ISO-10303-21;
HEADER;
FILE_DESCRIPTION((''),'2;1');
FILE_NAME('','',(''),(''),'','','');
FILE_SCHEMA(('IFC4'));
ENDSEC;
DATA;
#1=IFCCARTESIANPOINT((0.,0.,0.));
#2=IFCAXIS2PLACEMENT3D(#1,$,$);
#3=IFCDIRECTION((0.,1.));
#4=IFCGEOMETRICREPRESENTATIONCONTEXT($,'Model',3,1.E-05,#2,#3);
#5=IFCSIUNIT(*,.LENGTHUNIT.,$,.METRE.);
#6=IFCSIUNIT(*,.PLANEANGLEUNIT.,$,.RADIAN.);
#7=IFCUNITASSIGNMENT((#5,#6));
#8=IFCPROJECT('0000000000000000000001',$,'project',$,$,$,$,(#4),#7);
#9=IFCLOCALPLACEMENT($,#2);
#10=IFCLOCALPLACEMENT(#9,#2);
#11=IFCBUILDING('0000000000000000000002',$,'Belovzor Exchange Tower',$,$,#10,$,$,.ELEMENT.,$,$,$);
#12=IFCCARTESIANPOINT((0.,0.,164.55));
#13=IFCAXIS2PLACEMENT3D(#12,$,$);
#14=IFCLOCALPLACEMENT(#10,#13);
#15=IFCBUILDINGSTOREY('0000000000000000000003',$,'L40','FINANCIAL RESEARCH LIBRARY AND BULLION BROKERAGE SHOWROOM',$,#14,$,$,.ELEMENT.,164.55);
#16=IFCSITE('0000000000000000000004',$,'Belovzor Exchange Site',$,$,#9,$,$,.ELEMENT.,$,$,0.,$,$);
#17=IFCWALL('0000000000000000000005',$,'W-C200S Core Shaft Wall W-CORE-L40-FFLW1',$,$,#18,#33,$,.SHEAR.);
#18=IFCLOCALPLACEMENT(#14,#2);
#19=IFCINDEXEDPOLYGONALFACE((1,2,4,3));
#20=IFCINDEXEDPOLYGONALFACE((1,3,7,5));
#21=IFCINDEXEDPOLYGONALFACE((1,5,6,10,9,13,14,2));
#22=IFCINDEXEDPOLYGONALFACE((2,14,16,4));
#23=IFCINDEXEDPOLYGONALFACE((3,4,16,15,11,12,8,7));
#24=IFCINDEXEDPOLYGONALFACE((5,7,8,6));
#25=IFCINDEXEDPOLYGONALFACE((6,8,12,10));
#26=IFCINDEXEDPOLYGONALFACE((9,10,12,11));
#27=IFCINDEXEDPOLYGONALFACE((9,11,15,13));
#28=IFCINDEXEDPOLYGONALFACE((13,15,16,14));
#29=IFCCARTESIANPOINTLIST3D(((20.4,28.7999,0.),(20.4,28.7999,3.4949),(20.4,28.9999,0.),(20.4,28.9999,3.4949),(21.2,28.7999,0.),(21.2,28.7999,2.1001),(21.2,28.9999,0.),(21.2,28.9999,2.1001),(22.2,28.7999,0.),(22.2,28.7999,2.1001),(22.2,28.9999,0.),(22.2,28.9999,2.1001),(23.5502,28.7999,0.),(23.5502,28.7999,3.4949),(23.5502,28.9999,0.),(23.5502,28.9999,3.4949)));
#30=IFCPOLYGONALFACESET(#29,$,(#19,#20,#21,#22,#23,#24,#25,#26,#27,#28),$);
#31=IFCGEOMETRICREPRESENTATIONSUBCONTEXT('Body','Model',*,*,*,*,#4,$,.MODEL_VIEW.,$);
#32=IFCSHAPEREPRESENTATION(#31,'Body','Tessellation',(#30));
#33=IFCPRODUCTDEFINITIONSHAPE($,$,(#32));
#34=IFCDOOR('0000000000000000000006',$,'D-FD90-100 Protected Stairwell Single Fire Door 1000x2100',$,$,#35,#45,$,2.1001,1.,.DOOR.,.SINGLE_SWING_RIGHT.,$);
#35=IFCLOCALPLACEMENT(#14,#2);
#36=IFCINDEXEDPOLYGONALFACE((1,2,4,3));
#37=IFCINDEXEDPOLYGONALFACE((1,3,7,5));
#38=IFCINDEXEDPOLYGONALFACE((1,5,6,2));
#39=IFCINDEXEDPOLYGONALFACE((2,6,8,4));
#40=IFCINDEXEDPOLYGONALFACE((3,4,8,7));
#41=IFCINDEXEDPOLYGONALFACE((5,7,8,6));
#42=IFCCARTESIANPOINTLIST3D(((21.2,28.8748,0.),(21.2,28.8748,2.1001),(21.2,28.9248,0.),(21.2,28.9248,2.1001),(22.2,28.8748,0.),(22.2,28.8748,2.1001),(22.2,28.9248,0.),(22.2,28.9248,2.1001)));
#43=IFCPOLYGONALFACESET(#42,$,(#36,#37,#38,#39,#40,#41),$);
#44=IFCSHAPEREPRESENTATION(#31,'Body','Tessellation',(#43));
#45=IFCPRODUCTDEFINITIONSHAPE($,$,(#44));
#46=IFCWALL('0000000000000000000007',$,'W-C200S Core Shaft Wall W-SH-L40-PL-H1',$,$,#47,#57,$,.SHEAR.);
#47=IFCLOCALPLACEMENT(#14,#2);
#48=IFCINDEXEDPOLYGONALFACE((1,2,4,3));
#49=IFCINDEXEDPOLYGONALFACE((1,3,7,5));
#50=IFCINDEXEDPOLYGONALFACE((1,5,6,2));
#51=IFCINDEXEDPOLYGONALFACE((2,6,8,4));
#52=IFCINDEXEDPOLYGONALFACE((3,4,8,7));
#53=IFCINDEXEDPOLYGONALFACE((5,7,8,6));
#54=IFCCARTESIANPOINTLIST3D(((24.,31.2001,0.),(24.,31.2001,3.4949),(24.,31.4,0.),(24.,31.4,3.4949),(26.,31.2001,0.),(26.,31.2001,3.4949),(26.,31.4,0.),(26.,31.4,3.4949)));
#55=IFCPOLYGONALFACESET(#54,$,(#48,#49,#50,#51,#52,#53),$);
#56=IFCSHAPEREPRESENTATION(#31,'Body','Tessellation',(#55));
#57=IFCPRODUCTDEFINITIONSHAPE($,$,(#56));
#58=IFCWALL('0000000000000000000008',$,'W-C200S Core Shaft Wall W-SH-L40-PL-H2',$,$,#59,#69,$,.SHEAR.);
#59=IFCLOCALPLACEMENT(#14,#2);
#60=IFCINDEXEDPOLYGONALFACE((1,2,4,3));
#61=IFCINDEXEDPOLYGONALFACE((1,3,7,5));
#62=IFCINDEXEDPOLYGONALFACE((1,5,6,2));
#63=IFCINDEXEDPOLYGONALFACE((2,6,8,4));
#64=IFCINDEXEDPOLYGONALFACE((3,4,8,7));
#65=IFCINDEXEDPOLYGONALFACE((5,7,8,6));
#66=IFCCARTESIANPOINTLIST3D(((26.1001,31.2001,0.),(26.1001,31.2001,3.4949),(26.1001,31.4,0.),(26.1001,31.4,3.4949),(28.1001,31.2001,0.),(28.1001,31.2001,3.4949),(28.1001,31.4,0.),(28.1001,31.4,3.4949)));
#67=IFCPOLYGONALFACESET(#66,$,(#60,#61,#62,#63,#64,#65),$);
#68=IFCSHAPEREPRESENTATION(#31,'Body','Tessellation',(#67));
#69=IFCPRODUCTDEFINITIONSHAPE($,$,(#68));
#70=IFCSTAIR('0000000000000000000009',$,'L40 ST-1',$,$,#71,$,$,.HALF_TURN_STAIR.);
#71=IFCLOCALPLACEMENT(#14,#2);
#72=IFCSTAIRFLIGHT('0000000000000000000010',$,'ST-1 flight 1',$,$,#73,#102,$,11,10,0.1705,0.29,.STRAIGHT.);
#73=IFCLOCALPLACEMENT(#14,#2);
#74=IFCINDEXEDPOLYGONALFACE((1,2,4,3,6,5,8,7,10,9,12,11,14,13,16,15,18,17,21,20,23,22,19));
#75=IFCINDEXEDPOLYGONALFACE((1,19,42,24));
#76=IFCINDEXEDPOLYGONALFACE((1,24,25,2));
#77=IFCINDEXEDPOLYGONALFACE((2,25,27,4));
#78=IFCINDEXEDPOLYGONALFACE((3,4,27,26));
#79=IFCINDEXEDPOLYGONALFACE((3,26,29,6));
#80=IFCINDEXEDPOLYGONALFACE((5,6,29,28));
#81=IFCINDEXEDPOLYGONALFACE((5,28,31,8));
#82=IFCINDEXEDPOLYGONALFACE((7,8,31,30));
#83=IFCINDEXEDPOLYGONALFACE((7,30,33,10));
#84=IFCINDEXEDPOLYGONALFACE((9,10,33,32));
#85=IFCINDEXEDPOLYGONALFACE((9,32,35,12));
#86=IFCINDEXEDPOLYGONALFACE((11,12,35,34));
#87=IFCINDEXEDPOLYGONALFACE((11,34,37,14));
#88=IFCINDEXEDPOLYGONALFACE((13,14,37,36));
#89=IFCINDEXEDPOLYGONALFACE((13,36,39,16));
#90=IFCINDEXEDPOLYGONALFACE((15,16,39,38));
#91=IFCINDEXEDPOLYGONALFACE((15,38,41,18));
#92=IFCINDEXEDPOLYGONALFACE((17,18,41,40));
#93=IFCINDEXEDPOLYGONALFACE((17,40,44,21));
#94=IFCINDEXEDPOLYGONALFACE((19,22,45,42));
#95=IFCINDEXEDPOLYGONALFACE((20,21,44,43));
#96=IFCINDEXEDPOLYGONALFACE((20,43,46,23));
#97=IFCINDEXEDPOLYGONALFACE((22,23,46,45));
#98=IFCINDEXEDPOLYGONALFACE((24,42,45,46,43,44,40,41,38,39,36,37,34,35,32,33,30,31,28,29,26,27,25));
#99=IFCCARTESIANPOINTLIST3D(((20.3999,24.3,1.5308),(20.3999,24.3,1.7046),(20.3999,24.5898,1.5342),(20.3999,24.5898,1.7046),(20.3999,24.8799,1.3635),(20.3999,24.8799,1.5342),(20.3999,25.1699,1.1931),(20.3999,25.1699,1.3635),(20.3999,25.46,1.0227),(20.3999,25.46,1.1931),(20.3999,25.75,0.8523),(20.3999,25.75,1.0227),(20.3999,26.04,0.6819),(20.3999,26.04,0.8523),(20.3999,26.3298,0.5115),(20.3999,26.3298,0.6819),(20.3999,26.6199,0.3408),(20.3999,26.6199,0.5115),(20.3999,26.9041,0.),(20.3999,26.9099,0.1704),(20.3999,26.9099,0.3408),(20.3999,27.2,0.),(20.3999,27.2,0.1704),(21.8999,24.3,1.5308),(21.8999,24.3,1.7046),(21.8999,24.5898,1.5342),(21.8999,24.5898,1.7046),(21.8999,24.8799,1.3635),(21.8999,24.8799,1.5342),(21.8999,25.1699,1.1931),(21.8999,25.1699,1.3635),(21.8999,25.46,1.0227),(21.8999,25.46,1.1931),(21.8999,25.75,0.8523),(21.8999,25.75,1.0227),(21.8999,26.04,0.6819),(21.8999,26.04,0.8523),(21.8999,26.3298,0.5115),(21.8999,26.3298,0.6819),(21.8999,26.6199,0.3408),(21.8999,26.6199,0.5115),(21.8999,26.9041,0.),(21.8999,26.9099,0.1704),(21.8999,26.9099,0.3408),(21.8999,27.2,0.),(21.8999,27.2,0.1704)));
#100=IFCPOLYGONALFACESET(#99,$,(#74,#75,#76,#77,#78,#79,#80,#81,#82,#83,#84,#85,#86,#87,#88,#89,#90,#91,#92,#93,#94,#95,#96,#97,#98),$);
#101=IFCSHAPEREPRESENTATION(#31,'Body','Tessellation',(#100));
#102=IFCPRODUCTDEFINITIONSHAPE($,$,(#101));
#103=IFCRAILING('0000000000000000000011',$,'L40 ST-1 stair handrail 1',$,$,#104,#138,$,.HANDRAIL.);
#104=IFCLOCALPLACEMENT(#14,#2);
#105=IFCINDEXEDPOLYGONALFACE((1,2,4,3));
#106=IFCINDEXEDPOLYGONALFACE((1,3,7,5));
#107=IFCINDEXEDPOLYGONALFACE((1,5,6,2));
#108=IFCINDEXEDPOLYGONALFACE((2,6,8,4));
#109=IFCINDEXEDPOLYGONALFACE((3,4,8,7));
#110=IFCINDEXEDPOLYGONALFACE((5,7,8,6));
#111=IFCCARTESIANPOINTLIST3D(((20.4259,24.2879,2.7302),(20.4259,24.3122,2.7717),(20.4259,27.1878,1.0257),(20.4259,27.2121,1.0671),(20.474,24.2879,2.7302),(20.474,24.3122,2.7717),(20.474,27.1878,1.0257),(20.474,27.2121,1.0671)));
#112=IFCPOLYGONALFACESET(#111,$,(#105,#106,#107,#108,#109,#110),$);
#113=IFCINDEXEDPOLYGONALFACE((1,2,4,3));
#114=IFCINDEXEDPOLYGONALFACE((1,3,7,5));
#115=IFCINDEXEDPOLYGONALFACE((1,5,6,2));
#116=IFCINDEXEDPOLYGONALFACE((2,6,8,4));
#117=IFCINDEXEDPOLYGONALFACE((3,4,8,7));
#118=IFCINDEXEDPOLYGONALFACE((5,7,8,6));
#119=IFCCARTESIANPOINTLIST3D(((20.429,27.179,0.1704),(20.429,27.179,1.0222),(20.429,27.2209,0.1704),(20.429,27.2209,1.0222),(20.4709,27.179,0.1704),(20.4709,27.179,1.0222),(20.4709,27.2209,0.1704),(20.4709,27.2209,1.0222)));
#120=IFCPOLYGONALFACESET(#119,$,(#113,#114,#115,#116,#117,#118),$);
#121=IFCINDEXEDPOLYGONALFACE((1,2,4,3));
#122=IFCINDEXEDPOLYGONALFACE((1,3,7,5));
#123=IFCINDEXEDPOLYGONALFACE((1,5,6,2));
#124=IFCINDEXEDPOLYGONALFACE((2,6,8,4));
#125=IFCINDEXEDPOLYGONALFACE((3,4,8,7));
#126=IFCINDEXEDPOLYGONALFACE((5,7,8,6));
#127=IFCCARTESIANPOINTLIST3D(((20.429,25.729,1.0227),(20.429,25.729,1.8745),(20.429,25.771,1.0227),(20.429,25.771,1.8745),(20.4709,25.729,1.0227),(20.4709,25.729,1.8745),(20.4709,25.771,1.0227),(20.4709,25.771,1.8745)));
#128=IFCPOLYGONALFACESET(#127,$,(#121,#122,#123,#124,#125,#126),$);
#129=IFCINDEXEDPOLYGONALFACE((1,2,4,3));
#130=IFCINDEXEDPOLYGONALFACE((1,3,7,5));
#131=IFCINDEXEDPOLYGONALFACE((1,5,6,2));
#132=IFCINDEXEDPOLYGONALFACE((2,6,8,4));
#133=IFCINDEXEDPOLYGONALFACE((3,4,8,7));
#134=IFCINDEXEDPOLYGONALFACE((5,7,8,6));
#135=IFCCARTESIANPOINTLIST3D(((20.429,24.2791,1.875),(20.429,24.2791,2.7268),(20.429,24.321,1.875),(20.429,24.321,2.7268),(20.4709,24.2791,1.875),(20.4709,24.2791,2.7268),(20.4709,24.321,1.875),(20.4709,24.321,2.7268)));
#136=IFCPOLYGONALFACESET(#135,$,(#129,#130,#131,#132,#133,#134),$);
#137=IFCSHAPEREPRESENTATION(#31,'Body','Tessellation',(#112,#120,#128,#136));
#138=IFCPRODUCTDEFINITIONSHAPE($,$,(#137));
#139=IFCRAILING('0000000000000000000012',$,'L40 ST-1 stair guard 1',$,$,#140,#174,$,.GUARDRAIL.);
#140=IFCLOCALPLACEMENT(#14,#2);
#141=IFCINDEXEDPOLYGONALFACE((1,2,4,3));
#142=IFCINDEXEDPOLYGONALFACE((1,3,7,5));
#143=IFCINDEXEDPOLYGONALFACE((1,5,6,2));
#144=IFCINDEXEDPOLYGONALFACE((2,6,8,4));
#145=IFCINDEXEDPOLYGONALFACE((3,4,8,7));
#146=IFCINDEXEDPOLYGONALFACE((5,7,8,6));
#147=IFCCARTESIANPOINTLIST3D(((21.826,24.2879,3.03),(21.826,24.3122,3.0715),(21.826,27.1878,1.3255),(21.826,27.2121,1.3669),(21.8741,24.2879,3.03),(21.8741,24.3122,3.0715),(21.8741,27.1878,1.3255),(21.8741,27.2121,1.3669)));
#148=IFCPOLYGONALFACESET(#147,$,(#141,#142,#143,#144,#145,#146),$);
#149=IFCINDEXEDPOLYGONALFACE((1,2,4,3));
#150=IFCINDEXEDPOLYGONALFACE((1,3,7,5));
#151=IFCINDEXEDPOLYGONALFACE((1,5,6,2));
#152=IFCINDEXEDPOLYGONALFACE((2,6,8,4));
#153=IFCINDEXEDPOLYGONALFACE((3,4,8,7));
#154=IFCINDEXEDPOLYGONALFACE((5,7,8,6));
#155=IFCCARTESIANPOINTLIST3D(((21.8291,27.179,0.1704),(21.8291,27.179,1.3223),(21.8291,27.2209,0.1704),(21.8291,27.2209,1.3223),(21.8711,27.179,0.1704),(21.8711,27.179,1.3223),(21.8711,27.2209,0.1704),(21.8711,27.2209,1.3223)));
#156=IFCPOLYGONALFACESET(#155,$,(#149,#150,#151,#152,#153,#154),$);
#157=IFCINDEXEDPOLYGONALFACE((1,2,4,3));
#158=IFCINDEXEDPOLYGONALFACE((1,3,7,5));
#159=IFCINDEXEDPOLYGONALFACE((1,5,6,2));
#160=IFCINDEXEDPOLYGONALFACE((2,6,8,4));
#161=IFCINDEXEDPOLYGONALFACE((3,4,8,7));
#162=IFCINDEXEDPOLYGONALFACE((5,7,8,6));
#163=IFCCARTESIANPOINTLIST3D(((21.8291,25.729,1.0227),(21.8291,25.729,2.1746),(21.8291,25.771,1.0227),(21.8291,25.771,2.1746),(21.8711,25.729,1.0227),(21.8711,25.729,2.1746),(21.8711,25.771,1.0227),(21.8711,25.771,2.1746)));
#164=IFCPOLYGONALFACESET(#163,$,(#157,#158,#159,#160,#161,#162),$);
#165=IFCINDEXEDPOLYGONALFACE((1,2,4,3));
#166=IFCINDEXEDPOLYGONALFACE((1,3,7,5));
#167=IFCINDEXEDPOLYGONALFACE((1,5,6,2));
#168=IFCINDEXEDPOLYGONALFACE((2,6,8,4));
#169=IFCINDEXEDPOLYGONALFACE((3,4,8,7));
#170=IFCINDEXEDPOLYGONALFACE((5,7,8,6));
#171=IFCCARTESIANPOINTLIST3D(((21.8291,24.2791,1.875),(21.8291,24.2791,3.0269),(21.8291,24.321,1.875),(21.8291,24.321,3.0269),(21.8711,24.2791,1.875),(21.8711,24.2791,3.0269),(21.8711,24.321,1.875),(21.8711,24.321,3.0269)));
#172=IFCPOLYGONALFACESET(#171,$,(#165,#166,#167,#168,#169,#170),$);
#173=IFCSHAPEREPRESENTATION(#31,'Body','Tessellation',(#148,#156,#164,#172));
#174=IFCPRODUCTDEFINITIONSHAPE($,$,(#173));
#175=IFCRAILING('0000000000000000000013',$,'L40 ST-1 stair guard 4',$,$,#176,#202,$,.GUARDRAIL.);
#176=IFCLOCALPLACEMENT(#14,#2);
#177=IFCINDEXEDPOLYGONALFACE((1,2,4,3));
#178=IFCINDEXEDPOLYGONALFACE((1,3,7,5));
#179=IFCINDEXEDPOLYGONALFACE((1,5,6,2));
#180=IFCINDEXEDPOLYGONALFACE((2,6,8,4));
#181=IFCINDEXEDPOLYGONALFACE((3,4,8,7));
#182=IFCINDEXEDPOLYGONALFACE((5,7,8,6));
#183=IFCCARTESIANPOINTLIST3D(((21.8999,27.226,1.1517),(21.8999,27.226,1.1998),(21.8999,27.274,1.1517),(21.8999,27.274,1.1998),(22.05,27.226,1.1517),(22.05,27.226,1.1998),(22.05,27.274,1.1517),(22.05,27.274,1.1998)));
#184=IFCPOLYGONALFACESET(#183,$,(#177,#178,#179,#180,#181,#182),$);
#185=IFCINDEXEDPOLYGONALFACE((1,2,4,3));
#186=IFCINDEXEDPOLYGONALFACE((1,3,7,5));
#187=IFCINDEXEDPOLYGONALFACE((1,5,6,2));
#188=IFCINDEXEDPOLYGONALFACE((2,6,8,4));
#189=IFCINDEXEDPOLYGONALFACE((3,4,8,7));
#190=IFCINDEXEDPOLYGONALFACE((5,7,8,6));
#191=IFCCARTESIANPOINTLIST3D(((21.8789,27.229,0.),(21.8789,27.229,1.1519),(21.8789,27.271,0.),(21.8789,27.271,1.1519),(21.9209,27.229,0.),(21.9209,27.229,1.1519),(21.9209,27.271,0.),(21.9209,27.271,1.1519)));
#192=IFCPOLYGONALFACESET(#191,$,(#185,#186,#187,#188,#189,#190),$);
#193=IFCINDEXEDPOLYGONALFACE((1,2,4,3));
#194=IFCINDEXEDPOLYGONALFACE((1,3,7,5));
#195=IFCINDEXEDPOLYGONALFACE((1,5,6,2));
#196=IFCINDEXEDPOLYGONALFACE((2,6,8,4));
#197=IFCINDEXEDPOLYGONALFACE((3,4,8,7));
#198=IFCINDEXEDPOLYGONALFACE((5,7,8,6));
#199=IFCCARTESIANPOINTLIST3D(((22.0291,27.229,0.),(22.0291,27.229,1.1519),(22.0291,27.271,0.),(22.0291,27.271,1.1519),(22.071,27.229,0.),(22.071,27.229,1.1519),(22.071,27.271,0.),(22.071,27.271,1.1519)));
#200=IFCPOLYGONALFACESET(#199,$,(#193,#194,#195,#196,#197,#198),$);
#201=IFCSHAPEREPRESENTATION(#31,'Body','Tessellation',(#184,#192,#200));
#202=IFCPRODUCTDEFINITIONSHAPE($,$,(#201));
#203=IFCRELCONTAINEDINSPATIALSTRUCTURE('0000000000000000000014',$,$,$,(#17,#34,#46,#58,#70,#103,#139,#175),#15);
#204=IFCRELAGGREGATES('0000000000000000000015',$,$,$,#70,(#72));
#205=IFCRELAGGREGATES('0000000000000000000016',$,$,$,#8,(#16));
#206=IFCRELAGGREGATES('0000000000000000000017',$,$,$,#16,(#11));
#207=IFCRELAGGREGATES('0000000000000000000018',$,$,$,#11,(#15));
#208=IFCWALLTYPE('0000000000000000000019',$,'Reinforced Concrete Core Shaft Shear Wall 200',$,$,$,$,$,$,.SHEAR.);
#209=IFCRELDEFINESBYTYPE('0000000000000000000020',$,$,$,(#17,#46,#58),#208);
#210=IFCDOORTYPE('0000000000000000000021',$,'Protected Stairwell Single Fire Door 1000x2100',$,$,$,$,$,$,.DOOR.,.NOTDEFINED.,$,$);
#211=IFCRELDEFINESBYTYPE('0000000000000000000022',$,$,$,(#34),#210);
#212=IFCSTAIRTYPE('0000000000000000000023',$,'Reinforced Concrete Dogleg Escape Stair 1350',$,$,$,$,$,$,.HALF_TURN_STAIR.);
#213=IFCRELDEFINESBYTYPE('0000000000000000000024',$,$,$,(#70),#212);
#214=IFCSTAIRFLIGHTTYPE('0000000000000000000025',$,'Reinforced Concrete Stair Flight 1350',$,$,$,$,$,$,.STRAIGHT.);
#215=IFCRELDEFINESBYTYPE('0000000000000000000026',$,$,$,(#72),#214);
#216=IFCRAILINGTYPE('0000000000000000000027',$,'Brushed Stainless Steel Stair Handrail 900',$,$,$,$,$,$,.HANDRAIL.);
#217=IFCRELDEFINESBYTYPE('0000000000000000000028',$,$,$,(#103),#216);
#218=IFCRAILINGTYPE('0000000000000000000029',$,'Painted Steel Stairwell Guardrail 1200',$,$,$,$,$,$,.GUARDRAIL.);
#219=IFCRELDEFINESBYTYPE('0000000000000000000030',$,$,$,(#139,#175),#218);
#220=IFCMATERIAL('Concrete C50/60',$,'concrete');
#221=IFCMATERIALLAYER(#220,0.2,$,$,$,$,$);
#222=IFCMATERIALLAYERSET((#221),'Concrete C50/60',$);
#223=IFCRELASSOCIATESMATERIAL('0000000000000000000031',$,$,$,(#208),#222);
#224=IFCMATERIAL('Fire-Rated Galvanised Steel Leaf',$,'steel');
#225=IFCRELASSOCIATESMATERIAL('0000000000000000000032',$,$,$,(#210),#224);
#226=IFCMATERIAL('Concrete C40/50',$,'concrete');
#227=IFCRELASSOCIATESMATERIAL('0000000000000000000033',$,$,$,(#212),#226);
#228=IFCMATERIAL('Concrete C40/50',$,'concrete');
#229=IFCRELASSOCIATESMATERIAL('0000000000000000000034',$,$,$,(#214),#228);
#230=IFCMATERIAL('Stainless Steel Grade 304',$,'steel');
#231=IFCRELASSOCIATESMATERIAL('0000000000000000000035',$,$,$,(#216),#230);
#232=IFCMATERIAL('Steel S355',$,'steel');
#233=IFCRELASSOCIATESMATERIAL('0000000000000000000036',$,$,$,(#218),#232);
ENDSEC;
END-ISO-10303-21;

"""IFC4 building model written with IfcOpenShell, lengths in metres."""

from ifc_helpers import new_model, si_unit, direction, frame, frame_2d, origin, origin_2d, place, context, subcontext, project, spatial, polyline, rectangle, outline, extrude, material, layer, layer_set, type_object, element, fill, aggregate, save


model = new_model("IFC4")

# Units and contexts
model_context = context("Model", 3, precision=1e-05, world=origin(), true_north=direction((0.0, 1.0)))
body_context = subcontext(model_context, "Body", "Model", "MODEL_VIEW")
ifc_project = project(units=[si_unit("LENGTHUNIT", "METRE"), si_unit("PLANEANGLEUNIT", "RADIAN")], contexts=[model_context])

# Site, building, storey
site_placement = place(None, origin())
site = spatial("IfcSite", under=ifc_project, at=site_placement, Name="Belovzor Exchange Site", CompositionType="ELEMENT", RefElevation=0.0)
building_placement = place(site_placement, origin())
building = spatial("IfcBuilding", under=site, at=building_placement, Name="Belovzor Exchange Tower", CompositionType="ELEMENT")
storey_placement = place(building_placement, frame((0.0, 0.0, 164.55)))
storey = spatial("IfcBuildingStorey", under=building, at=storey_placement, Name="L40", Description="FINANCIAL RESEARCH LIBRARY AND BULLION BROKERAGE SHOWROOM", CompositionType="ELEMENT", Elevation=164.55)

# Wall, opening, door
ifc_material_1 = material(Name="Concrete C50/60", Category="concrete")
ifc_layer_1 = layer(ifc_material_1, 0.2)
ifc_layer_set_1 = layer_set([ifc_layer_1], Name="Concrete C50/60")
wall_type_1 = type_object("IfcWallType", Name="Reinforced Concrete Core Shaft Shear Wall 200", PredefinedType="SHEAR", material=ifc_layer_set_1)
wall_1_placement = place(storey_placement, frame((20.3999, 28.8999, 0.0), z_axis=(0.0, 0.0, 1.0), x_axis=(1.0, 0.0, 0.0)))
wall_1 = element("IfcWall", 1, at=wall_1_placement, inside=storey, type_object=wall_type_1, Name="W-C200S Core Shaft Wall W-CORE-L40-FFLW1", PredefinedType="SHEAR", context=body_context, shape_type="SweptSolid", body=[
    extrude(rectangle(XDim=3.1501, YDim=0.2, at=frame_2d((1.5752, 0.0))), origin(), (0.0, 0.0, 1.0), 3.4949),
])
opening_1_placement = place(wall_1_placement, frame((0.8, 0.0, 0.0)))
opening_1 = element("IfcOpeningElement", 2, at=opening_1_placement, cuts=wall_1, PredefinedType="OPENING", context=body_context, shape_type="SweptSolid", body=[
    extrude(rectangle(XDim=1.0, YDim=2.1001, at=frame_2d((0.5, 1.05))), frame((0.0, 0.1099, 0.0), z_axis=(0.0, -1.0, 0.0), x_axis=(1.0, 0.0, 0.0)), (0.0, 0.0, 1.0), 0.22),
])
ifc_material_2 = material(Name="Fire-Rated Galvanised Steel Leaf", Category="steel")
door_type_1 = type_object("IfcDoorType", Name="Protected Stairwell Single Fire Door 1000x2100", OperationType="NOTDEFINED", PredefinedType="DOOR", material=ifc_material_2)
door_1_placement = place(opening_1_placement, origin())
door_1 = element("IfcDoor", 3, at=door_1_placement, inside=storey, type_object=door_type_1, Name="D-FD90-100 Protected Stairwell Single Fire Door 1000x2100", OperationType="SINGLE_SWING_RIGHT", OverallHeight=2.1001, OverallWidth=1.0, PredefinedType="DOOR", context=body_context, shape_type="SweptSolid", body=[
    extrude(rectangle(XDim=1.0, YDim=2.1001, at=frame_2d((0.5, 1.05))), frame((0.0, 0.0249, 0.0), z_axis=(0.0, -1.0, 0.0), x_axis=(1.0, 0.0, 0.0)), (0.0, 0.0, 1.0), 0.05),
])
fill(opening_1, door_1)

# Walls
for number, where, z_axis, x_axis, name in (
    (4, (24.0, 31.3, 0.0), (0.0, 0.0, 1.0), (1.0, 0.0, 0.0), "W-C200S Core Shaft Wall W-SH-L40-PL-H1"),
    (5, (26.1001, 31.3, 0.0), (0.0, 0.0, 1.0), (1.0, 0.0, 0.0), "W-C200S Core Shaft Wall W-SH-L40-PL-H2"),
):
    element("IfcWall", number, at=place(storey_placement, frame(where, z_axis=z_axis, x_axis=x_axis)), inside=storey, type_object=wall_type_1, Name=name, PredefinedType="SHEAR", context=body_context, shape_type="SweptSolid", body=[
        extrude(rectangle(XDim=2.0, YDim=0.2, at=frame_2d((1.0, 0.0))), origin(), (0.0, 0.0, 1.0), 3.4949),
    ])

# Stair, stair flight
ifc_material_3 = material(Name="Concrete C40/50", Category="concrete")
stair_type = type_object("IfcStairType", Name="Reinforced Concrete Dogleg Escape Stair 1350", PredefinedType="HALF_TURN_STAIR", material=ifc_material_3)
stair_placement = place(storey_placement, origin())
stair = element("IfcStair", 6, at=stair_placement, inside=storey, type_object=stair_type, Name="L40 ST-1", PredefinedType="HALF_TURN_STAIR")
ifc_material_4 = material(Name="Concrete C40/50", Category="concrete")
stair_flight_type = type_object("IfcStairFlightType", Name="Reinforced Concrete Stair Flight 1350", PredefinedType="STRAIGHT", material=ifc_material_4)
stair_flight_placement = place(storey_placement, frame((21.1499, 27.2, 0.0), z_axis=(0.0, 0.0, 1.0), x_axis=(0.0, -1.0, 0.0)))
stair_flight = element("IfcStairFlight", 7, at=stair_flight_placement, type_object=stair_flight_type, Name="ST-1 flight 1", NumberOfRisers=11, NumberOfTreads=10, PredefinedType="STRAIGHT", RiserHeight=0.1705, TreadLength=0.29, context=body_context, shape_type="SweptSolid", body=[
    extrude(outline(polyline([(0.0, 0.0), (0.0, 0.1704), (0.29, 0.1704), (0.29, 0.3408), (0.5801, 0.3408), (0.5801, 0.5115), (0.8701, 0.5115), (0.8701, 0.6819), (1.1599, 0.6819), (1.1599, 0.8523), (1.45, 0.8523), (1.45, 1.0227), (1.74, 1.0227), (1.74, 1.1931), (2.03, 1.1931), (2.03, 1.3635), (2.3201, 1.3635), (2.3201, 1.5342), (2.6101, 1.5342), (2.6101, 1.7046), (2.8999, 1.7046), (2.8999, 1.875), (2.8999, 1.5308), (0.2959, 0.0), (0.0, 0.0)])), frame((0.0, 0.75, 0.0), z_axis=(0.0, -1.0, 0.0), x_axis=(1.0, 0.0, 0.0)), (0.0, 0.0, 1.0), 1.5),
])
aggregate(stair, [stair_flight])

# Railings
ifc_material_5 = material(Name="Stainless Steel Grade 304", Category="steel")
railing_type_1 = type_object("IfcRailingType", Name="Brushed Stainless Steel Stair Handrail 900", PredefinedType="HANDRAIL", material=ifc_material_5)
railing_1_placement = place(storey_placement, frame((20.45, 27.2, 0.1704)))
element("IfcRailing", 8, at=railing_1_placement, inside=storey, type_object=railing_type_1, Name="L40 ST-1 stair handrail 1", PredefinedType="HANDRAIL", context=body_context, shape_type="SweptSolid", body=[
    extrude(rectangle(XDim=0.0481, YDim=0.0481, at=origin_2d()), frame((0.0, 0.0, 0.876), z_axis=(0.0, -0.862095, 0.506747), x_axis=(1.0, 0.0, 0.0)), (0.0, 0.0, 1.0), 3.3638),
    extrude(rectangle(XDim=0.042, YDim=0.042, at=origin_2d()), origin(), (0.0, 0.0, 1.0), 0.8518),
    extrude(rectangle(XDim=0.042, YDim=0.042, at=origin_2d()), frame((0.0, -1.45, 0.8523)), (0.0, 0.0, 1.0), 0.8518),
    extrude(rectangle(XDim=0.042, YDim=0.042, at=origin_2d()), frame((0.0, -2.8999, 1.7046)), (0.0, 0.0, 1.0), 0.8518),
])
ifc_material_6 = material(Name="Steel S355", Category="steel")
railing_type_2 = type_object("IfcRailingType", Name="Painted Steel Stairwell Guardrail 1200", PredefinedType="GUARDRAIL", material=ifc_material_6)
railing_2_placement = place(storey_placement, frame((21.8501, 27.2, 0.1704)))
element("IfcRailing", 9, at=railing_2_placement, inside=storey, type_object=railing_type_2, Name="L40 ST-1 stair guard 1", PredefinedType="GUARDRAIL", context=body_context, shape_type="SweptSolid", body=[
    extrude(rectangle(XDim=0.0481, YDim=0.0481, at=origin_2d()), frame((0.0, 0.0, 1.1758), z_axis=(0.0, -0.862095, 0.506747), x_axis=(1.0, 0.0, 0.0)), (0.0, 0.0, 1.0), 3.3638),
    extrude(rectangle(XDim=0.042, YDim=0.042, at=origin_2d()), origin(), (0.0, 0.0, 1.0), 1.1519),
    extrude(rectangle(XDim=0.042, YDim=0.042, at=origin_2d()), frame((0.0, -1.45, 0.8523)), (0.0, 0.0, 1.0), 1.1519),
    extrude(rectangle(XDim=0.042, YDim=0.042, at=origin_2d()), frame((0.0, -2.8999, 1.7046)), (0.0, 0.0, 1.0), 1.1519),
])
railing_3_placement = place(storey_placement, frame((21.8999, 27.25, 0.0)))
element("IfcRailing", 10, at=railing_3_placement, inside=storey, type_object=railing_type_2, Name="L40 ST-1 stair guard 4", PredefinedType="GUARDRAIL", context=body_context, shape_type="SweptSolid", body=[
    extrude(rectangle(XDim=0.0481, YDim=0.0481, at=origin_2d()), frame((0.0, 0.0, 1.1758), z_axis=(1.0, 0.0, 0.0), x_axis=(0.0, 1.0, 0.0)), (0.0, 0.0, 1.0), 0.1501),
    extrude(rectangle(XDim=0.042, YDim=0.042, at=origin_2d()), origin(), (0.0, 0.0, 1.0), 1.1519),
    extrude(rectangle(XDim=0.042, YDim=0.042, at=origin_2d()), frame((0.1501, 0.0, 0.0)), (0.0, 0.0, 1.0), 1.1519),
])

save(model, "model.ifc")
